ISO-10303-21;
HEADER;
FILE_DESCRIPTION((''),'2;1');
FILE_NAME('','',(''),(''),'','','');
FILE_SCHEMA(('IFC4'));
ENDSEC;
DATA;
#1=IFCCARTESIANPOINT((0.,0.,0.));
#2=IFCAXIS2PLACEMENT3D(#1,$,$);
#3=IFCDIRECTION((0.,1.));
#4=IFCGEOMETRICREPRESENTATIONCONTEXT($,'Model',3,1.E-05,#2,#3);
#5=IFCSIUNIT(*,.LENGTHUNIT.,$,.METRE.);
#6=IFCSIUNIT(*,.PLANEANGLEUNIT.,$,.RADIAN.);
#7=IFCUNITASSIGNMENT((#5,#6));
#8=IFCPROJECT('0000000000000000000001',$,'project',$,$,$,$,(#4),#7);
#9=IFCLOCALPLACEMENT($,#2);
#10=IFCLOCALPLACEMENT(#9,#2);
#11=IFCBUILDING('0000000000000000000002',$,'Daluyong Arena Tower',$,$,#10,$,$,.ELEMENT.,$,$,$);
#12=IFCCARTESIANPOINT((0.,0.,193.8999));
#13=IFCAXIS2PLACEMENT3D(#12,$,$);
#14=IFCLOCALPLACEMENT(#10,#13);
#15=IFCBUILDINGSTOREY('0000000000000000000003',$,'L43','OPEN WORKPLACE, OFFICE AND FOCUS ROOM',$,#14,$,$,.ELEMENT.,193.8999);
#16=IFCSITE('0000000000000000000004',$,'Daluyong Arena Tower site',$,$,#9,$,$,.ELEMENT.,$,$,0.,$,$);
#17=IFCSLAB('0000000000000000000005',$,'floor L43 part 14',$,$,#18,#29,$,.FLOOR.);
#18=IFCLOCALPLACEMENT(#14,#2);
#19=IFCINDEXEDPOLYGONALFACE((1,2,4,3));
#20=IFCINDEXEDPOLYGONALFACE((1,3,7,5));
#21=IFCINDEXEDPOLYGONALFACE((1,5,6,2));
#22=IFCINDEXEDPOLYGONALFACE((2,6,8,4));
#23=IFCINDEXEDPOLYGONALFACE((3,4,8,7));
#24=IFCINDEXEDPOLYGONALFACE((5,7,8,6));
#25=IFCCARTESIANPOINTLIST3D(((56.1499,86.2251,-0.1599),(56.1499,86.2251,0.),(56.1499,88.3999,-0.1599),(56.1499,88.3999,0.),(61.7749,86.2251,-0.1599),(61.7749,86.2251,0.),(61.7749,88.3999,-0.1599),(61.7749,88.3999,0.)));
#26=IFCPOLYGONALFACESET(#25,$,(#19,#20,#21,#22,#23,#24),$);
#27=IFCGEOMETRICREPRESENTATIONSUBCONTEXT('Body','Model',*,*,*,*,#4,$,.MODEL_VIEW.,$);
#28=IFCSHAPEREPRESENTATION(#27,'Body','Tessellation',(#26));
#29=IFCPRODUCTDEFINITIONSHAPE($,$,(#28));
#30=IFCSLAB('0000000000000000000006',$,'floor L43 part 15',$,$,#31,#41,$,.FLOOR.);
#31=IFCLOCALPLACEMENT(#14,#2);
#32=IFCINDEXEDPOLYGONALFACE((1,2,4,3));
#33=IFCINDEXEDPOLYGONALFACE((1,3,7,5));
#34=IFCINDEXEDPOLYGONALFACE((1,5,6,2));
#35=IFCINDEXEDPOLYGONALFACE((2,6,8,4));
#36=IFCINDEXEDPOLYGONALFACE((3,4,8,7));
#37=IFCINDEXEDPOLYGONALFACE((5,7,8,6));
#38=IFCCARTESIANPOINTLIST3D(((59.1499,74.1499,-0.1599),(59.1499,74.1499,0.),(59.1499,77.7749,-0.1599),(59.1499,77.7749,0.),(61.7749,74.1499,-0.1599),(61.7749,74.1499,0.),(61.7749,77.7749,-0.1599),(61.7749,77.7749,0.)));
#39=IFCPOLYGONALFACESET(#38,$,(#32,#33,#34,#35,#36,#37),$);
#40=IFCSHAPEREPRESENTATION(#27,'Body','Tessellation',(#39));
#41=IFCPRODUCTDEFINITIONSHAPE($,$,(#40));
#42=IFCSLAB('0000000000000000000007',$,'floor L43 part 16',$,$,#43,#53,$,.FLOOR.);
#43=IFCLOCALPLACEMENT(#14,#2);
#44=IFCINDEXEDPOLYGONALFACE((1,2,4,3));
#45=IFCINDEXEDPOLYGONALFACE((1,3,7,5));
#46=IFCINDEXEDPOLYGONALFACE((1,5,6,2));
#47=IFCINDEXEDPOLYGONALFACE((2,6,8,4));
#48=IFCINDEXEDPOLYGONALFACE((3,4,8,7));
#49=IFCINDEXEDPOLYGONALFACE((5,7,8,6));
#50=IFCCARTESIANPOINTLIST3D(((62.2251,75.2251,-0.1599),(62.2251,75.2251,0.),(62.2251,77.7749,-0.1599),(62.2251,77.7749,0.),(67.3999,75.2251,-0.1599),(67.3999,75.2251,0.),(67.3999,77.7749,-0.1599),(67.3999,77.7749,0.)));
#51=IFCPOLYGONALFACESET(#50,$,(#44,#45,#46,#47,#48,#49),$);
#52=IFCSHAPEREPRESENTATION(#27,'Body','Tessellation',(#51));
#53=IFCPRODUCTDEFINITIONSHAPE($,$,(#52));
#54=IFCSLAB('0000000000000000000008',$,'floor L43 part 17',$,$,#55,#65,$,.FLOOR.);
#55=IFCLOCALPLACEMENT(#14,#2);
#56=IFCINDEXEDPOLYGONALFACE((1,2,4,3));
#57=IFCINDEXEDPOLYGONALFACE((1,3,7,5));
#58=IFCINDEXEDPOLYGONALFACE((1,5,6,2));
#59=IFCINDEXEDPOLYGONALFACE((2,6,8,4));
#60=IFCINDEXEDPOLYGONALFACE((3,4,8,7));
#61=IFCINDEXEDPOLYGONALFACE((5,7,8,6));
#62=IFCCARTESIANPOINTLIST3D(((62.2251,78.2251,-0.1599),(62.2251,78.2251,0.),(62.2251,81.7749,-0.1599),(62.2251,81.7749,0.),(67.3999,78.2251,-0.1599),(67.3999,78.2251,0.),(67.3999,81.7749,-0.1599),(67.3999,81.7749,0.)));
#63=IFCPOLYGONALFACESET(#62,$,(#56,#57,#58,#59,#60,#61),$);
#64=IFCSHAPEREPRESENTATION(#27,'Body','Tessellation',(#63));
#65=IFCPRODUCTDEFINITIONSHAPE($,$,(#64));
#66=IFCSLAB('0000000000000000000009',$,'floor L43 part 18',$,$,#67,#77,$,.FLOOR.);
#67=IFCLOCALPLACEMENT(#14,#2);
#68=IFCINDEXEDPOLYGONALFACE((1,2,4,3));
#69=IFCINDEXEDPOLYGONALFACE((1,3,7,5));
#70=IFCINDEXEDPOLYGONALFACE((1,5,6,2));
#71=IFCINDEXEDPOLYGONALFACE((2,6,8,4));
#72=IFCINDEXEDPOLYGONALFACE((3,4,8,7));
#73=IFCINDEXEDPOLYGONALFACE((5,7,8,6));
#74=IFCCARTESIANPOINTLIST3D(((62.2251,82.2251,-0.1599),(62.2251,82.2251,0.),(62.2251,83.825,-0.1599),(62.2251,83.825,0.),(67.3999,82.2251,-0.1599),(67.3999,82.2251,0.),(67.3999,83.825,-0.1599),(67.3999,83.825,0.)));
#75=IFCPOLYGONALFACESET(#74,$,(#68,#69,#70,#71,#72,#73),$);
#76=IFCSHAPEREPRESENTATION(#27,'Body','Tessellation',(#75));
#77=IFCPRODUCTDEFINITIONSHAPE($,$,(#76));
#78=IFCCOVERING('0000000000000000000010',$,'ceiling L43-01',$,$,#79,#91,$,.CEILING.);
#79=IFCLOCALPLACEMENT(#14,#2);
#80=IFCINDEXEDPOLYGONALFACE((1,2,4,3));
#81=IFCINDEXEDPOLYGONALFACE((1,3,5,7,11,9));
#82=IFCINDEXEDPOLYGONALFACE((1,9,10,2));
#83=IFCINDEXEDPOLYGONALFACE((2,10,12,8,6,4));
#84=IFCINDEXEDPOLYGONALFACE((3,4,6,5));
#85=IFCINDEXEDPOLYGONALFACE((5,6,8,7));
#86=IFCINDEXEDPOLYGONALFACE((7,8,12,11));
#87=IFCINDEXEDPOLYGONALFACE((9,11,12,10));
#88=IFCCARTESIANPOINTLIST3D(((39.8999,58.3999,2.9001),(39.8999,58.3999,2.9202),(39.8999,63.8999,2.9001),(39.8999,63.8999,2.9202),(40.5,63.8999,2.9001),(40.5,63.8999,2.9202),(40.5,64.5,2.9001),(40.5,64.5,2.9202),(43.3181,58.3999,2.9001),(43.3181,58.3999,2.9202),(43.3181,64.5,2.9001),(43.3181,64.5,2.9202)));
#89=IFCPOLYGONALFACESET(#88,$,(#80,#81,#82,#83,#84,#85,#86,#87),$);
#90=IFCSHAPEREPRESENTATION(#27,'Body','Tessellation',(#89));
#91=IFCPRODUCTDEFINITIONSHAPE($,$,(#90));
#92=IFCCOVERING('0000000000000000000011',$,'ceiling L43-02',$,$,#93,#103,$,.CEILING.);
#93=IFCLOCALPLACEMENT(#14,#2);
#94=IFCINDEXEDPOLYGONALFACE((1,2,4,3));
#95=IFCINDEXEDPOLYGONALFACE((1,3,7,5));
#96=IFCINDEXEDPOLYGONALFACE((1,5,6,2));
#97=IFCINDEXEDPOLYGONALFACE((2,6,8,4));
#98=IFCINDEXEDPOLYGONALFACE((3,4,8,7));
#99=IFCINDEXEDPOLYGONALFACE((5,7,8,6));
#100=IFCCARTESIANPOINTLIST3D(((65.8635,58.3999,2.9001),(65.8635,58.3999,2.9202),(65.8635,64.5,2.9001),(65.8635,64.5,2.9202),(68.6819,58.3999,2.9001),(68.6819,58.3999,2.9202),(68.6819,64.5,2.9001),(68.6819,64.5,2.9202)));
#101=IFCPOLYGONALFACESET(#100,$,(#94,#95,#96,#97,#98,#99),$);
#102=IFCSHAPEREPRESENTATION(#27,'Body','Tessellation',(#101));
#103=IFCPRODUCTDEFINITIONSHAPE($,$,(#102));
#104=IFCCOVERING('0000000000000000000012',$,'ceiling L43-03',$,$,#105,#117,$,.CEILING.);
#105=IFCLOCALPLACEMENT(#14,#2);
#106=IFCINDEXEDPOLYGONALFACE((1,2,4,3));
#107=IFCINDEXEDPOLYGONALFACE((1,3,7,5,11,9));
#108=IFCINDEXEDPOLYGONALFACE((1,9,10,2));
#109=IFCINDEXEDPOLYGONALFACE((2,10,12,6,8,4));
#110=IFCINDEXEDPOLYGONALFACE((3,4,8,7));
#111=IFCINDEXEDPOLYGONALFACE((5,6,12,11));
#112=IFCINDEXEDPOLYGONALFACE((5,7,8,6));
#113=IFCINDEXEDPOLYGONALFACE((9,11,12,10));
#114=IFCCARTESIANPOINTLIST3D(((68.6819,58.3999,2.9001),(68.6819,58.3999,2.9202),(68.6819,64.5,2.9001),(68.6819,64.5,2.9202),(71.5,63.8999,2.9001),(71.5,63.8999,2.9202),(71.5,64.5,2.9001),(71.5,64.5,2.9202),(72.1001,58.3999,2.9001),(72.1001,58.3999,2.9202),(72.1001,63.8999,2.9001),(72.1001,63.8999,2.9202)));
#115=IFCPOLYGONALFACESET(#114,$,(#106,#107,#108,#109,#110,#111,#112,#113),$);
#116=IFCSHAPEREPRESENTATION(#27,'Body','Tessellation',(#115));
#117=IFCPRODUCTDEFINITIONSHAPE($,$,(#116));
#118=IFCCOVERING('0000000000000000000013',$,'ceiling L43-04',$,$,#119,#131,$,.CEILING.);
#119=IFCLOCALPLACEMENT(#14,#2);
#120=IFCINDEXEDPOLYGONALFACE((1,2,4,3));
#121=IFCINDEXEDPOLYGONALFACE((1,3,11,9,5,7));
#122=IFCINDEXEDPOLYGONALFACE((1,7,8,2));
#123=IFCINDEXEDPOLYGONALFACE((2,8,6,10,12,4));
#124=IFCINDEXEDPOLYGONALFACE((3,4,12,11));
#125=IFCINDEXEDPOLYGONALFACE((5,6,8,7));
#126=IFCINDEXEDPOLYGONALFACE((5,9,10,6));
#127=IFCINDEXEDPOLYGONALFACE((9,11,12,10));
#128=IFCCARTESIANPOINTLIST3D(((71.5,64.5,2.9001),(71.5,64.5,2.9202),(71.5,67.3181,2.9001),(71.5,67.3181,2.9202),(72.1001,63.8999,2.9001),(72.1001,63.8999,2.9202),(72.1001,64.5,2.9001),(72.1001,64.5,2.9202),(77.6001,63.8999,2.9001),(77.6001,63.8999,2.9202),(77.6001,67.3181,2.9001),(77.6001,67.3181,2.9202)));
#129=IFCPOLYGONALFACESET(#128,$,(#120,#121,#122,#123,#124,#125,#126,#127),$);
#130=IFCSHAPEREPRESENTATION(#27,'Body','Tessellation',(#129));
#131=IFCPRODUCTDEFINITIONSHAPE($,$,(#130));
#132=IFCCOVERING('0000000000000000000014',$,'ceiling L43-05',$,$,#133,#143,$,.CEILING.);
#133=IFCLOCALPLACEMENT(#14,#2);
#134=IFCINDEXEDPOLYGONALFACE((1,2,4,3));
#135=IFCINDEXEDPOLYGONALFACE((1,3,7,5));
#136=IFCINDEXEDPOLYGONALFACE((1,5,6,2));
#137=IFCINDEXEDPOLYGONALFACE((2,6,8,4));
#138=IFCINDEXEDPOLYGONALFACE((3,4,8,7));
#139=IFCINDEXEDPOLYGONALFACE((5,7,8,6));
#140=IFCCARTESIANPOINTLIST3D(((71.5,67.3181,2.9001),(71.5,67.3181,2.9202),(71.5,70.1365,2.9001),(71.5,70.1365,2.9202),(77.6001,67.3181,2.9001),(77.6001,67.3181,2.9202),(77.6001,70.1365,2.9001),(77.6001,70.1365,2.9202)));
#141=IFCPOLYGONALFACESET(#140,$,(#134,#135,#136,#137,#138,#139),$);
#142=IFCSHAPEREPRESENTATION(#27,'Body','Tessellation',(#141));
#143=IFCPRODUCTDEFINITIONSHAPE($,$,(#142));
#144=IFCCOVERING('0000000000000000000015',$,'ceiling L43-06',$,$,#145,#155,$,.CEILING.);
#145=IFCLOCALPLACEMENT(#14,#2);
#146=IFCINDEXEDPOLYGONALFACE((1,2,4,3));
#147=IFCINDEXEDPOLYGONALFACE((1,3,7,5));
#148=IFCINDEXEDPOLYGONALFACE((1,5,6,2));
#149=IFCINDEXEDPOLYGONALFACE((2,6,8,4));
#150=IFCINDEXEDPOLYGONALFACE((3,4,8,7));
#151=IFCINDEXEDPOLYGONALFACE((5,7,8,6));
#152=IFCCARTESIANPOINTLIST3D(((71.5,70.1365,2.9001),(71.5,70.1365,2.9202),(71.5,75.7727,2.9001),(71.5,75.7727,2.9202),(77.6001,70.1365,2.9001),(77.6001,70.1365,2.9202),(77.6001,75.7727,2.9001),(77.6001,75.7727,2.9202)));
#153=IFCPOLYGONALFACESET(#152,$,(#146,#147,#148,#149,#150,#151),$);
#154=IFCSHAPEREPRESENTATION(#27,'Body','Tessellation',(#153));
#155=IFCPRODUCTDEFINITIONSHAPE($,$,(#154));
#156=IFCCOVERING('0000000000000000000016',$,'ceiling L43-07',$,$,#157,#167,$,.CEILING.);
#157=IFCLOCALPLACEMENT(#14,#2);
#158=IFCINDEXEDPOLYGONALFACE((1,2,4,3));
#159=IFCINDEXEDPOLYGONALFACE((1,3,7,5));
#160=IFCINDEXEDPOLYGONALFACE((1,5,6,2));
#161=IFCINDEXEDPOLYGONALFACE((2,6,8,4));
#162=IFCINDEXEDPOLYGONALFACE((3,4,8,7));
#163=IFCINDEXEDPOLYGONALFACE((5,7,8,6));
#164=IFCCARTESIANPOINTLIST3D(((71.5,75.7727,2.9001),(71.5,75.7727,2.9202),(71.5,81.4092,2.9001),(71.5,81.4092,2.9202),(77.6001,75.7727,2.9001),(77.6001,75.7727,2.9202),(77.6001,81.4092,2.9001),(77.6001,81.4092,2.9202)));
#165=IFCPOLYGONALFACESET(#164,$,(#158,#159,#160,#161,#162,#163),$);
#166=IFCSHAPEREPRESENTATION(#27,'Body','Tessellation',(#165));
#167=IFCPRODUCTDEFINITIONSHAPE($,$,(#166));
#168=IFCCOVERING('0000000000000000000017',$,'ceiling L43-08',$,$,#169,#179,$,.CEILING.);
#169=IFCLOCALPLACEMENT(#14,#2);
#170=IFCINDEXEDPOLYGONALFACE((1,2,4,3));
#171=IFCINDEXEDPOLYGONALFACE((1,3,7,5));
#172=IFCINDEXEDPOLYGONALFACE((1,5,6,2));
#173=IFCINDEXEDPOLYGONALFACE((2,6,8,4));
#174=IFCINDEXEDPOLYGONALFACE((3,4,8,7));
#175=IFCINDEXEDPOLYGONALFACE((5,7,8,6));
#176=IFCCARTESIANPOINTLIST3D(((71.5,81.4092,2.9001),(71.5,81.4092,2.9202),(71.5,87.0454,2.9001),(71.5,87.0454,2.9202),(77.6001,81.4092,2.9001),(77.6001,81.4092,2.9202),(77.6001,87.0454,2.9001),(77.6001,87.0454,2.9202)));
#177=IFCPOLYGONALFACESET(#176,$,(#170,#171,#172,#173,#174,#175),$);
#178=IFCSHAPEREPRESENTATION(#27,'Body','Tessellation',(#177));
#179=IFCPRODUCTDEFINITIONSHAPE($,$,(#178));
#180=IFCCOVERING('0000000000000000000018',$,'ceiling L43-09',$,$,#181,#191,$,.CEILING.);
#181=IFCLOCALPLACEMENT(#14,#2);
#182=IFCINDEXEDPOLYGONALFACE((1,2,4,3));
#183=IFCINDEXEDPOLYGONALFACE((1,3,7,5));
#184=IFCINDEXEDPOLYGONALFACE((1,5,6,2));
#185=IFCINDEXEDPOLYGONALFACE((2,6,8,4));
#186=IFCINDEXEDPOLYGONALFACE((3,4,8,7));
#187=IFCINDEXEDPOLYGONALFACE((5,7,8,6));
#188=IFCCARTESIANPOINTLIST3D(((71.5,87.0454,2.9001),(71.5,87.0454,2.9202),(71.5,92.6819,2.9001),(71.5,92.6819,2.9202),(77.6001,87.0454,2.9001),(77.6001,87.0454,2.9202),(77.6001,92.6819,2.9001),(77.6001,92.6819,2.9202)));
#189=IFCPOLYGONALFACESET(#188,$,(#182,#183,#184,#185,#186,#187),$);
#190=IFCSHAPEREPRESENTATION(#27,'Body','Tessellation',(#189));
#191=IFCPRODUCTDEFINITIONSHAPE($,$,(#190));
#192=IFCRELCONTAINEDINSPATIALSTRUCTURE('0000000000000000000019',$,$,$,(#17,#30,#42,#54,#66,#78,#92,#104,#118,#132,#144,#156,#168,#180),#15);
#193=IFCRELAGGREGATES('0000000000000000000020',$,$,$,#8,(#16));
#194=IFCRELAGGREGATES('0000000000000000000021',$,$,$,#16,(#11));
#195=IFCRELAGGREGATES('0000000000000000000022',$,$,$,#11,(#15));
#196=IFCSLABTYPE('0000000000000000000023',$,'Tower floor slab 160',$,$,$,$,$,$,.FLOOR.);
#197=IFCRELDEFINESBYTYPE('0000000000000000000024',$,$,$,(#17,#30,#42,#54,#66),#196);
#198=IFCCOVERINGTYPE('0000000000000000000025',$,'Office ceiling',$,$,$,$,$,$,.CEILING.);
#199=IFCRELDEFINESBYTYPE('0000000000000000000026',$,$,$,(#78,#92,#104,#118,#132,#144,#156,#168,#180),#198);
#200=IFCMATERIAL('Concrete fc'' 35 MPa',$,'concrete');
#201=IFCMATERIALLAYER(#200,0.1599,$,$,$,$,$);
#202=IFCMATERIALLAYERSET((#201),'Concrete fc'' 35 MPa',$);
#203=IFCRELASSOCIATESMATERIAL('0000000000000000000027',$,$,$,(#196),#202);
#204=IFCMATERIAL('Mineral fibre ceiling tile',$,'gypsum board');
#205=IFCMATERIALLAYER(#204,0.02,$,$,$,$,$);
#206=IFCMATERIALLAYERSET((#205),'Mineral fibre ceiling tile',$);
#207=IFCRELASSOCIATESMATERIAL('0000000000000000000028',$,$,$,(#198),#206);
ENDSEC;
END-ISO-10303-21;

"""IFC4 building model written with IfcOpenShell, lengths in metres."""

from ifc_helpers import new_model, si_unit, direction, frame, origin, place, context, subcontext, project, spatial, polyline, outline, extrude, material, layer, layer_set, type_object, element, save


model = new_model("IFC4")

# Units and contexts
model_context = context("Model", 3, precision=1e-05, world=origin(), true_north=direction((0.0, 1.0)))
body_context = subcontext(model_context, "Body", "Model", "MODEL_VIEW")
ifc_project = project(units=[si_unit("LENGTHUNIT", "METRE"), si_unit("PLANEANGLEUNIT", "RADIAN")], contexts=[model_context])

# Site, building, storey
site_placement = place(None, origin())
site = spatial("IfcSite", under=ifc_project, at=site_placement, Name="Daluyong Arena Tower site", CompositionType="ELEMENT", RefElevation=0.0)
building_placement = place(site_placement, origin())
building = spatial("IfcBuilding", under=site, at=building_placement, Name="Daluyong Arena Tower", CompositionType="ELEMENT")
storey_placement = place(building_placement, frame((0.0, 0.0, 193.8999)))
storey = spatial("IfcBuildingStorey", under=building, at=storey_placement, Name="L43", Description="OPEN WORKPLACE, OFFICE AND FOCUS ROOM", CompositionType="ELEMENT", Elevation=193.8999)

# Slabs
ifc_material_1 = material(Name="Concrete fc' 35 MPa", Category="concrete")
ifc_layer_1 = layer(ifc_material_1, 0.1599)
ifc_layer_set_1 = layer_set([ifc_layer_1], Name="Concrete fc' 35 MPa")
slab_type = type_object("IfcSlabType", Name="Tower floor slab 160", PredefinedType="FLOOR", material=ifc_layer_set_1)
slab_1_placement = place(storey_placement, frame((0.0, 0.0, -0.1599)))
element("IfcSlab", 1, at=slab_1_placement, inside=storey, type_object=slab_type, Name="floor L43 part 14", PredefinedType="FLOOR", context=body_context, shape_type="SweptSolid", body=[
    extrude(outline(polyline([(56.1499, 88.3999), (56.1499, 86.2251), (61.7749, 86.2251), (61.7749, 88.3999), (56.1499, 88.3999)])), origin(), (0.0, 0.0, 1.0), 0.1599),
])
slab_2_placement = place(storey_placement, frame((0.0, 0.0, -0.1599)))
element("IfcSlab", 2, at=slab_2_placement, inside=storey, type_object=slab_type, Name="floor L43 part 15", PredefinedType="FLOOR", context=body_context, shape_type="SweptSolid", body=[
    extrude(outline(polyline([(61.7749, 77.7749), (59.1499, 77.7749), (59.1499, 74.1499), (61.7749, 74.1499), (61.7749, 77.7749)])), origin(), (0.0, 0.0, 1.0), 0.1599),
])
slab_3_placement = place(storey_placement, frame((0.0, 0.0, -0.1599)))
element("IfcSlab", 3, at=slab_3_placement, inside=storey, type_object=slab_type, Name="floor L43 part 16", PredefinedType="FLOOR", context=body_context, shape_type="SweptSolid", body=[
    extrude(outline(polyline([(67.3999, 75.2251), (67.3999, 77.7749), (62.2251, 77.7749), (62.2251, 75.2251), (67.3999, 75.2251)])), origin(), (0.0, 0.0, 1.0), 0.1599),
])
slab_4_placement = place(storey_placement, frame((0.0, 0.0, -0.1599)))
element("IfcSlab", 4, at=slab_4_placement, inside=storey, type_object=slab_type, Name="floor L43 part 17", PredefinedType="FLOOR", context=body_context, shape_type="SweptSolid", body=[
    extrude(outline(polyline([(67.3999, 78.2251), (67.3999, 81.7749), (62.2251, 81.7749), (62.2251, 78.2251), (67.3999, 78.2251)])), origin(), (0.0, 0.0, 1.0), 0.1599),
])
slab_5_placement = place(storey_placement, frame((0.0, 0.0, -0.1599)))
element("IfcSlab", 5, at=slab_5_placement, inside=storey, type_object=slab_type, Name="floor L43 part 18", PredefinedType="FLOOR", context=body_context, shape_type="SweptSolid", body=[
    extrude(outline(polyline([(67.3999, 83.825), (62.2251, 83.825), (62.2251, 82.2251), (67.3999, 82.2251), (67.3999, 83.825)])), origin(), (0.0, 0.0, 1.0), 0.1599),
])

# Coverings
ifc_material_2 = material(Name="Mineral fibre ceiling tile", Category="gypsum board")
ifc_layer_2 = layer(ifc_material_2, 0.02)
ifc_layer_set_2 = layer_set([ifc_layer_2], Name="Mineral fibre ceiling tile")
covering_type = type_object("IfcCoveringType", Name="Office ceiling", PredefinedType="CEILING", material=ifc_layer_set_2)
covering_1_placement = place(storey_placement, frame((0.0, 0.0, 2.9001)))
element("IfcCovering", 6, at=covering_1_placement, inside=storey, type_object=covering_type, Name="ceiling L43-01", PredefinedType="CEILING", context=body_context, shape_type="SweptSolid", body=[
    extrude(outline(polyline([(39.8999, 63.8999), (39.8999, 58.3999), (43.3181, 58.3999), (43.3181, 64.5), (40.5, 64.5), (40.5, 63.8999), (39.8999, 63.8999)])), origin(), (0.0, 0.0, 1.0), 0.02),
])
covering_2_placement = place(storey_placement, frame((0.0, 0.0, 2.9001)))
element("IfcCovering", 7, at=covering_2_placement, inside=storey, type_object=covering_type, Name="ceiling L43-02", PredefinedType="CEILING", context=body_context, shape_type="SweptSolid", body=[
    extrude(outline(polyline([(65.8635, 64.5), (65.8635, 58.3999), (68.6819, 58.3999), (68.6819, 64.5), (65.8635, 64.5)])), origin(), (0.0, 0.0, 1.0), 0.02),
])
covering_3_placement = place(storey_placement, frame((0.0, 0.0, 2.9001)))
element("IfcCovering", 8, at=covering_3_placement, inside=storey, type_object=covering_type, Name="ceiling L43-03", PredefinedType="CEILING", context=body_context, shape_type="SweptSolid", body=[
    extrude(outline(polyline([(72.1001, 58.3999), (72.1001, 63.8999), (71.5, 63.8999), (71.5, 64.5), (68.6819, 64.5), (68.6819, 58.3999), (72.1001, 58.3999)])), origin(), (0.0, 0.0, 1.0), 0.02),
])
covering_4_placement = place(storey_placement, frame((0.0, 0.0, 2.9001)))
element("IfcCovering", 9, at=covering_4_placement, inside=storey, type_object=covering_type, Name="ceiling L43-04", PredefinedType="CEILING", context=body_context, shape_type="SweptSolid", body=[
    extrude(outline(polyline([(72.1001, 63.8999), (77.6001, 63.8999), (77.6001, 67.3181), (71.5, 67.3181), (71.5, 64.5), (72.1001, 64.5), (72.1001, 63.8999)])), origin(), (0.0, 0.0, 1.0), 0.02),
])
covering_5_placement = place(storey_placement, frame((0.0, 0.0, 2.9001)))
element("IfcCovering", 10, at=covering_5_placement, inside=storey, type_object=covering_type, Name="ceiling L43-05", PredefinedType="CEILING", context=body_context, shape_type="SweptSolid", body=[
    extrude(outline(polyline([(71.5, 67.3181), (77.6001, 67.3181), (77.6001, 70.1365), (71.5, 70.1365), (71.5, 67.3181)])), origin(), (0.0, 0.0, 1.0), 0.02),
])
covering_6_placement = place(storey_placement, frame((0.0, 0.0, 2.9001)))
element("IfcCovering", 11, at=covering_6_placement, inside=storey, type_object=covering_type, Name="ceiling L43-06", PredefinedType="CEILING", context=body_context, shape_type="SweptSolid", body=[
    extrude(outline(polyline([(71.5, 70.1365), (77.6001, 70.1365), (77.6001, 75.7727), (71.5, 75.7727), (71.5, 70.1365)])), origin(), (0.0, 0.0, 1.0), 0.02),
])
covering_7_placement = place(storey_placement, frame((0.0, 0.0, 2.9001)))
element("IfcCovering", 12, at=covering_7_placement, inside=storey, type_object=covering_type, Name="ceiling L43-07", PredefinedType="CEILING", context=body_context, shape_type="SweptSolid", body=[
    extrude(outline(polyline([(71.5, 75.7727), (77.6001, 75.7727), (77.6001, 81.4092), (71.5, 81.4092), (71.5, 75.7727)])), origin(), (0.0, 0.0, 1.0), 0.02),
])
covering_8_placement = place(storey_placement, frame((0.0, 0.0, 2.9001)))
element("IfcCovering", 13, at=covering_8_placement, inside=storey, type_object=covering_type, Name="ceiling L43-08", PredefinedType="CEILING", context=body_context, shape_type="SweptSolid", body=[
    extrude(outline(polyline([(71.5, 81.4092), (77.6001, 81.4092), (77.6001, 87.0454), (71.5, 87.0454), (71.5, 81.4092)])), origin(), (0.0, 0.0, 1.0), 0.02),
])
covering_9_placement = place(storey_placement, frame((0.0, 0.0, 2.9001)))
element("IfcCovering", 14, at=covering_9_placement, inside=storey, type_object=covering_type, Name="ceiling L43-09", PredefinedType="CEILING", context=body_context, shape_type="SweptSolid", body=[
    extrude(outline(polyline([(71.5, 87.0454), (77.6001, 87.0454), (77.6001, 92.6819), (71.5, 92.6819), (71.5, 87.0454)])), origin(), (0.0, 0.0, 1.0), 0.02),
])

save(model, "model.ifc")
